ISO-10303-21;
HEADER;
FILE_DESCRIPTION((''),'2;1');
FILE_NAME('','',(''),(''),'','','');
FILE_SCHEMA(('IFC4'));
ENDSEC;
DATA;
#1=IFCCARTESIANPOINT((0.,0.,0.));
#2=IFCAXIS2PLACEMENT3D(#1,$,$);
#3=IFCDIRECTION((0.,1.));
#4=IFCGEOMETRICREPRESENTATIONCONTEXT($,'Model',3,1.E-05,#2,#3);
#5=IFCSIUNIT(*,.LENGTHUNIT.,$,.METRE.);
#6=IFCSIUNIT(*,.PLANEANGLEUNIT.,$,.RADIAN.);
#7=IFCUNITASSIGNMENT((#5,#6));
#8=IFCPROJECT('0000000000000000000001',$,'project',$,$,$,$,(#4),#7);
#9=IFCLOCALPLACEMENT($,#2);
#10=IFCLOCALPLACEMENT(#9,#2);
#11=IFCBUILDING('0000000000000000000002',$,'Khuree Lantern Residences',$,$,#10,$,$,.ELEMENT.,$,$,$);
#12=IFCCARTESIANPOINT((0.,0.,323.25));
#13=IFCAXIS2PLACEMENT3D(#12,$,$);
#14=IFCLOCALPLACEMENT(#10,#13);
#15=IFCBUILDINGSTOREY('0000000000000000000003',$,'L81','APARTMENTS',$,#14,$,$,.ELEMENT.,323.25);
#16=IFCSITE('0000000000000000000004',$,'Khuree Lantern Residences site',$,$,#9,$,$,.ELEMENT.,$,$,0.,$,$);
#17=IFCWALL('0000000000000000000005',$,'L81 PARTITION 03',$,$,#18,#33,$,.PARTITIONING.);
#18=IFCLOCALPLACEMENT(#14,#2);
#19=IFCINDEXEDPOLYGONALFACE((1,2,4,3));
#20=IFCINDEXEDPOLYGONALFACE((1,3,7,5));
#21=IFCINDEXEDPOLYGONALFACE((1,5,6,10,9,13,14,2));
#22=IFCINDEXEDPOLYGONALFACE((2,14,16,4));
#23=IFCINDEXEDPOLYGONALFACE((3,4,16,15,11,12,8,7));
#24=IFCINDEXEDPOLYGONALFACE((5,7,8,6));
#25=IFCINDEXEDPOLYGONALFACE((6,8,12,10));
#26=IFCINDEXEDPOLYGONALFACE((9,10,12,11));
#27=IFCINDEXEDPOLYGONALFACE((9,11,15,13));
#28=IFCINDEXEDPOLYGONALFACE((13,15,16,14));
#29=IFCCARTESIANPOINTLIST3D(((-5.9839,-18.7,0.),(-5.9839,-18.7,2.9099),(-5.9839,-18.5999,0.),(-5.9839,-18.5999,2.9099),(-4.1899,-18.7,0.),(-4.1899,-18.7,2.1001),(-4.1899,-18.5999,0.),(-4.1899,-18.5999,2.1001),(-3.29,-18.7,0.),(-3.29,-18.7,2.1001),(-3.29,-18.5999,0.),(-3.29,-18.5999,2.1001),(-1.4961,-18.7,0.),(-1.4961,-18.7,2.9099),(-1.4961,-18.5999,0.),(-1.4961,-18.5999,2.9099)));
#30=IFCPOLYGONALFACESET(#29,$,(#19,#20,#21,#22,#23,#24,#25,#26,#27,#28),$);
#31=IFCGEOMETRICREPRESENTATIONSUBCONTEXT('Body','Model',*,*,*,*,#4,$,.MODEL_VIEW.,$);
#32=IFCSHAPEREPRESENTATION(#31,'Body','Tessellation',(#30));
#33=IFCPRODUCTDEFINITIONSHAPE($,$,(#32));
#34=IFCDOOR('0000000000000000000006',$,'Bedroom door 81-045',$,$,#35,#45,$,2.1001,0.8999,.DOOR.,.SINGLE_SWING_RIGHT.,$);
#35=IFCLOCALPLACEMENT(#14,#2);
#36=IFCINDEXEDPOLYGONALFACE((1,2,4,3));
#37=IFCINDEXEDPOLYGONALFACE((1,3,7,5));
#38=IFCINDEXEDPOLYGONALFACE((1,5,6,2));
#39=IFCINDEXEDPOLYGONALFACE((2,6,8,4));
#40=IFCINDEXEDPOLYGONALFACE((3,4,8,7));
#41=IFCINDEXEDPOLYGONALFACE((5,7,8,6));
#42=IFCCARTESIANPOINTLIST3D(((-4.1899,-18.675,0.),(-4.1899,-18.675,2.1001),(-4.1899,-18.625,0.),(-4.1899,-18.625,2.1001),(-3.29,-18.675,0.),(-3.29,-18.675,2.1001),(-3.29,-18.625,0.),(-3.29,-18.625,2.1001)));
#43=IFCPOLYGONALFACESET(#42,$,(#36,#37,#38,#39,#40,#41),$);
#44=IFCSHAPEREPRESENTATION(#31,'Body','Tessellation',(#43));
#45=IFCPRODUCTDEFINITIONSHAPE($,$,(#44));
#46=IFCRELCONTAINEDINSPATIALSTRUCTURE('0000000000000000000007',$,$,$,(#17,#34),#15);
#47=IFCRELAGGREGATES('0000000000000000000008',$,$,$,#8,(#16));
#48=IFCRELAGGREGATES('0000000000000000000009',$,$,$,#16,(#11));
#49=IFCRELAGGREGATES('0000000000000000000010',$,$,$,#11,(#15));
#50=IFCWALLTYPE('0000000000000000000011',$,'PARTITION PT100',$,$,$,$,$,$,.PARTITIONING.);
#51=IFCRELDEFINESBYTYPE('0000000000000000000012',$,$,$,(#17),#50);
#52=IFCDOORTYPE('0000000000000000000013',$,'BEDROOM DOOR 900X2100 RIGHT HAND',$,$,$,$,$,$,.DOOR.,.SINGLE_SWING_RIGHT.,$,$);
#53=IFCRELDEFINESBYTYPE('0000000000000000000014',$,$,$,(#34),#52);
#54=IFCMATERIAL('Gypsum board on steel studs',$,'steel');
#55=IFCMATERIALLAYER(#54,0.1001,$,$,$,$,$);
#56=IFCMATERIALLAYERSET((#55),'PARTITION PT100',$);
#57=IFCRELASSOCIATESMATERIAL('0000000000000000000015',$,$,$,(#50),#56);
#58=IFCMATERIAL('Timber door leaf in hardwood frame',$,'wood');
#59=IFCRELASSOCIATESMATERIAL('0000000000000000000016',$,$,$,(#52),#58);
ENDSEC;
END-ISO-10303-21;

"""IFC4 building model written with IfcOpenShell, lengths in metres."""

from ifc_helpers import new_model, si_unit, direction, frame, frame_2d, origin, place, context, subcontext, project, spatial, rectangle, extrude, material, layer, layer_set, type_object, element, fill, save


model = new_model("IFC4")

# Units and contexts
model_context = context("Model", 3, precision=1e-05, world=origin(), true_north=direction((0.0, 1.0)))
body_context = subcontext(model_context, "Body", "Model", "MODEL_VIEW")
ifc_project = project(units=[si_unit("LENGTHUNIT", "METRE"), si_unit("PLANEANGLEUNIT", "RADIAN")], contexts=[model_context])

# Site, building, storey
site_placement = place(None, origin())
site = spatial("IfcSite", under=ifc_project, at=site_placement, Name="Khuree Lantern Residences site", CompositionType="ELEMENT", RefElevation=0.0)
building_placement = place(site_placement, origin())
building = spatial("IfcBuilding", under=site, at=building_placement, Name="Khuree Lantern Residences", CompositionType="ELEMENT")
storey_placement = place(building_placement, frame((0.0, 0.0, 323.25)))
storey = spatial("IfcBuildingStorey", under=building, at=storey_placement, Name="L81", Description="APARTMENTS", CompositionType="ELEMENT", Elevation=323.25)

# Shared definitions
ifc_material_1 = material(Name="Gypsum board on steel studs", Category="steel")
ifc_layer_1 = layer(ifc_material_1, 0.1001)
ifc_layer_set_1 = layer_set([ifc_layer_1], Name="PARTITION PT100")
wall_type = type_object("IfcWallType", Name="PARTITION PT100", PredefinedType="PARTITIONING", material=ifc_layer_set_1)

# Shared definitions
ifc_material_2 = material(Name="Timber door leaf in hardwood frame", Category="wood")

# Wall, opening, door
wall_1_placement = place(storey_placement, frame((-5.9839, -18.6499, 0.0), z_axis=(0.0, 0.0, 1.0), x_axis=(1.0, 0.0, 0.0)))
wall_1 = element("IfcWall", 1, at=wall_1_placement, inside=storey, type_object=wall_type, Name="L81 PARTITION 03", PredefinedType="PARTITIONING", context=body_context, shape_type="SweptSolid", body=[
    extrude(rectangle(XDim=4.4878, YDim=0.1001, at=frame_2d((2.2439, 0.0))), origin(), (0.0, 0.0, 1.0), 2.9099),
])
opening_1_placement = place(wall_1_placement, frame((1.7939, 0.0, 0.0)))
opening_1 = element("IfcOpeningElement", 2, at=opening_1_placement, cuts=wall_1, PredefinedType="OPENING", context=body_context, shape_type="SweptSolid", body=[
    extrude(rectangle(XDim=0.8999, YDim=2.1001, at=frame_2d((0.45, 1.05))), frame((0.0, 0.0601, 0.0), z_axis=(0.0, -1.0, 0.0), x_axis=(1.0, 0.0, 0.0)), (0.0, 0.0, 1.0), 0.1201),
])
door_type_1 = type_object("IfcDoorType", Name="BEDROOM DOOR 900X2100 RIGHT HAND", OperationType="SINGLE_SWING_RIGHT", PredefinedType="DOOR", material=ifc_material_2)
door_1_placement = place(opening_1_placement, origin())
door_1 = element("IfcDoor", 3, at=door_1_placement, inside=storey, type_object=door_type_1, Name="Bedroom door 81-045", OperationType="SINGLE_SWING_RIGHT", OverallHeight=2.1001, OverallWidth=0.8999, PredefinedType="DOOR", context=body_context, shape_type="SweptSolid", body=[
    extrude(rectangle(XDim=0.8999, YDim=2.1001, at=frame_2d((0.45, 1.05))), frame((0.0, 0.0249, 0.0), z_axis=(0.0, -1.0, 0.0), x_axis=(1.0, 0.0, 0.0)), (0.0, 0.0, 1.0), 0.05),
])
fill(opening_1, door_1)

save(model, "model.ifc")
